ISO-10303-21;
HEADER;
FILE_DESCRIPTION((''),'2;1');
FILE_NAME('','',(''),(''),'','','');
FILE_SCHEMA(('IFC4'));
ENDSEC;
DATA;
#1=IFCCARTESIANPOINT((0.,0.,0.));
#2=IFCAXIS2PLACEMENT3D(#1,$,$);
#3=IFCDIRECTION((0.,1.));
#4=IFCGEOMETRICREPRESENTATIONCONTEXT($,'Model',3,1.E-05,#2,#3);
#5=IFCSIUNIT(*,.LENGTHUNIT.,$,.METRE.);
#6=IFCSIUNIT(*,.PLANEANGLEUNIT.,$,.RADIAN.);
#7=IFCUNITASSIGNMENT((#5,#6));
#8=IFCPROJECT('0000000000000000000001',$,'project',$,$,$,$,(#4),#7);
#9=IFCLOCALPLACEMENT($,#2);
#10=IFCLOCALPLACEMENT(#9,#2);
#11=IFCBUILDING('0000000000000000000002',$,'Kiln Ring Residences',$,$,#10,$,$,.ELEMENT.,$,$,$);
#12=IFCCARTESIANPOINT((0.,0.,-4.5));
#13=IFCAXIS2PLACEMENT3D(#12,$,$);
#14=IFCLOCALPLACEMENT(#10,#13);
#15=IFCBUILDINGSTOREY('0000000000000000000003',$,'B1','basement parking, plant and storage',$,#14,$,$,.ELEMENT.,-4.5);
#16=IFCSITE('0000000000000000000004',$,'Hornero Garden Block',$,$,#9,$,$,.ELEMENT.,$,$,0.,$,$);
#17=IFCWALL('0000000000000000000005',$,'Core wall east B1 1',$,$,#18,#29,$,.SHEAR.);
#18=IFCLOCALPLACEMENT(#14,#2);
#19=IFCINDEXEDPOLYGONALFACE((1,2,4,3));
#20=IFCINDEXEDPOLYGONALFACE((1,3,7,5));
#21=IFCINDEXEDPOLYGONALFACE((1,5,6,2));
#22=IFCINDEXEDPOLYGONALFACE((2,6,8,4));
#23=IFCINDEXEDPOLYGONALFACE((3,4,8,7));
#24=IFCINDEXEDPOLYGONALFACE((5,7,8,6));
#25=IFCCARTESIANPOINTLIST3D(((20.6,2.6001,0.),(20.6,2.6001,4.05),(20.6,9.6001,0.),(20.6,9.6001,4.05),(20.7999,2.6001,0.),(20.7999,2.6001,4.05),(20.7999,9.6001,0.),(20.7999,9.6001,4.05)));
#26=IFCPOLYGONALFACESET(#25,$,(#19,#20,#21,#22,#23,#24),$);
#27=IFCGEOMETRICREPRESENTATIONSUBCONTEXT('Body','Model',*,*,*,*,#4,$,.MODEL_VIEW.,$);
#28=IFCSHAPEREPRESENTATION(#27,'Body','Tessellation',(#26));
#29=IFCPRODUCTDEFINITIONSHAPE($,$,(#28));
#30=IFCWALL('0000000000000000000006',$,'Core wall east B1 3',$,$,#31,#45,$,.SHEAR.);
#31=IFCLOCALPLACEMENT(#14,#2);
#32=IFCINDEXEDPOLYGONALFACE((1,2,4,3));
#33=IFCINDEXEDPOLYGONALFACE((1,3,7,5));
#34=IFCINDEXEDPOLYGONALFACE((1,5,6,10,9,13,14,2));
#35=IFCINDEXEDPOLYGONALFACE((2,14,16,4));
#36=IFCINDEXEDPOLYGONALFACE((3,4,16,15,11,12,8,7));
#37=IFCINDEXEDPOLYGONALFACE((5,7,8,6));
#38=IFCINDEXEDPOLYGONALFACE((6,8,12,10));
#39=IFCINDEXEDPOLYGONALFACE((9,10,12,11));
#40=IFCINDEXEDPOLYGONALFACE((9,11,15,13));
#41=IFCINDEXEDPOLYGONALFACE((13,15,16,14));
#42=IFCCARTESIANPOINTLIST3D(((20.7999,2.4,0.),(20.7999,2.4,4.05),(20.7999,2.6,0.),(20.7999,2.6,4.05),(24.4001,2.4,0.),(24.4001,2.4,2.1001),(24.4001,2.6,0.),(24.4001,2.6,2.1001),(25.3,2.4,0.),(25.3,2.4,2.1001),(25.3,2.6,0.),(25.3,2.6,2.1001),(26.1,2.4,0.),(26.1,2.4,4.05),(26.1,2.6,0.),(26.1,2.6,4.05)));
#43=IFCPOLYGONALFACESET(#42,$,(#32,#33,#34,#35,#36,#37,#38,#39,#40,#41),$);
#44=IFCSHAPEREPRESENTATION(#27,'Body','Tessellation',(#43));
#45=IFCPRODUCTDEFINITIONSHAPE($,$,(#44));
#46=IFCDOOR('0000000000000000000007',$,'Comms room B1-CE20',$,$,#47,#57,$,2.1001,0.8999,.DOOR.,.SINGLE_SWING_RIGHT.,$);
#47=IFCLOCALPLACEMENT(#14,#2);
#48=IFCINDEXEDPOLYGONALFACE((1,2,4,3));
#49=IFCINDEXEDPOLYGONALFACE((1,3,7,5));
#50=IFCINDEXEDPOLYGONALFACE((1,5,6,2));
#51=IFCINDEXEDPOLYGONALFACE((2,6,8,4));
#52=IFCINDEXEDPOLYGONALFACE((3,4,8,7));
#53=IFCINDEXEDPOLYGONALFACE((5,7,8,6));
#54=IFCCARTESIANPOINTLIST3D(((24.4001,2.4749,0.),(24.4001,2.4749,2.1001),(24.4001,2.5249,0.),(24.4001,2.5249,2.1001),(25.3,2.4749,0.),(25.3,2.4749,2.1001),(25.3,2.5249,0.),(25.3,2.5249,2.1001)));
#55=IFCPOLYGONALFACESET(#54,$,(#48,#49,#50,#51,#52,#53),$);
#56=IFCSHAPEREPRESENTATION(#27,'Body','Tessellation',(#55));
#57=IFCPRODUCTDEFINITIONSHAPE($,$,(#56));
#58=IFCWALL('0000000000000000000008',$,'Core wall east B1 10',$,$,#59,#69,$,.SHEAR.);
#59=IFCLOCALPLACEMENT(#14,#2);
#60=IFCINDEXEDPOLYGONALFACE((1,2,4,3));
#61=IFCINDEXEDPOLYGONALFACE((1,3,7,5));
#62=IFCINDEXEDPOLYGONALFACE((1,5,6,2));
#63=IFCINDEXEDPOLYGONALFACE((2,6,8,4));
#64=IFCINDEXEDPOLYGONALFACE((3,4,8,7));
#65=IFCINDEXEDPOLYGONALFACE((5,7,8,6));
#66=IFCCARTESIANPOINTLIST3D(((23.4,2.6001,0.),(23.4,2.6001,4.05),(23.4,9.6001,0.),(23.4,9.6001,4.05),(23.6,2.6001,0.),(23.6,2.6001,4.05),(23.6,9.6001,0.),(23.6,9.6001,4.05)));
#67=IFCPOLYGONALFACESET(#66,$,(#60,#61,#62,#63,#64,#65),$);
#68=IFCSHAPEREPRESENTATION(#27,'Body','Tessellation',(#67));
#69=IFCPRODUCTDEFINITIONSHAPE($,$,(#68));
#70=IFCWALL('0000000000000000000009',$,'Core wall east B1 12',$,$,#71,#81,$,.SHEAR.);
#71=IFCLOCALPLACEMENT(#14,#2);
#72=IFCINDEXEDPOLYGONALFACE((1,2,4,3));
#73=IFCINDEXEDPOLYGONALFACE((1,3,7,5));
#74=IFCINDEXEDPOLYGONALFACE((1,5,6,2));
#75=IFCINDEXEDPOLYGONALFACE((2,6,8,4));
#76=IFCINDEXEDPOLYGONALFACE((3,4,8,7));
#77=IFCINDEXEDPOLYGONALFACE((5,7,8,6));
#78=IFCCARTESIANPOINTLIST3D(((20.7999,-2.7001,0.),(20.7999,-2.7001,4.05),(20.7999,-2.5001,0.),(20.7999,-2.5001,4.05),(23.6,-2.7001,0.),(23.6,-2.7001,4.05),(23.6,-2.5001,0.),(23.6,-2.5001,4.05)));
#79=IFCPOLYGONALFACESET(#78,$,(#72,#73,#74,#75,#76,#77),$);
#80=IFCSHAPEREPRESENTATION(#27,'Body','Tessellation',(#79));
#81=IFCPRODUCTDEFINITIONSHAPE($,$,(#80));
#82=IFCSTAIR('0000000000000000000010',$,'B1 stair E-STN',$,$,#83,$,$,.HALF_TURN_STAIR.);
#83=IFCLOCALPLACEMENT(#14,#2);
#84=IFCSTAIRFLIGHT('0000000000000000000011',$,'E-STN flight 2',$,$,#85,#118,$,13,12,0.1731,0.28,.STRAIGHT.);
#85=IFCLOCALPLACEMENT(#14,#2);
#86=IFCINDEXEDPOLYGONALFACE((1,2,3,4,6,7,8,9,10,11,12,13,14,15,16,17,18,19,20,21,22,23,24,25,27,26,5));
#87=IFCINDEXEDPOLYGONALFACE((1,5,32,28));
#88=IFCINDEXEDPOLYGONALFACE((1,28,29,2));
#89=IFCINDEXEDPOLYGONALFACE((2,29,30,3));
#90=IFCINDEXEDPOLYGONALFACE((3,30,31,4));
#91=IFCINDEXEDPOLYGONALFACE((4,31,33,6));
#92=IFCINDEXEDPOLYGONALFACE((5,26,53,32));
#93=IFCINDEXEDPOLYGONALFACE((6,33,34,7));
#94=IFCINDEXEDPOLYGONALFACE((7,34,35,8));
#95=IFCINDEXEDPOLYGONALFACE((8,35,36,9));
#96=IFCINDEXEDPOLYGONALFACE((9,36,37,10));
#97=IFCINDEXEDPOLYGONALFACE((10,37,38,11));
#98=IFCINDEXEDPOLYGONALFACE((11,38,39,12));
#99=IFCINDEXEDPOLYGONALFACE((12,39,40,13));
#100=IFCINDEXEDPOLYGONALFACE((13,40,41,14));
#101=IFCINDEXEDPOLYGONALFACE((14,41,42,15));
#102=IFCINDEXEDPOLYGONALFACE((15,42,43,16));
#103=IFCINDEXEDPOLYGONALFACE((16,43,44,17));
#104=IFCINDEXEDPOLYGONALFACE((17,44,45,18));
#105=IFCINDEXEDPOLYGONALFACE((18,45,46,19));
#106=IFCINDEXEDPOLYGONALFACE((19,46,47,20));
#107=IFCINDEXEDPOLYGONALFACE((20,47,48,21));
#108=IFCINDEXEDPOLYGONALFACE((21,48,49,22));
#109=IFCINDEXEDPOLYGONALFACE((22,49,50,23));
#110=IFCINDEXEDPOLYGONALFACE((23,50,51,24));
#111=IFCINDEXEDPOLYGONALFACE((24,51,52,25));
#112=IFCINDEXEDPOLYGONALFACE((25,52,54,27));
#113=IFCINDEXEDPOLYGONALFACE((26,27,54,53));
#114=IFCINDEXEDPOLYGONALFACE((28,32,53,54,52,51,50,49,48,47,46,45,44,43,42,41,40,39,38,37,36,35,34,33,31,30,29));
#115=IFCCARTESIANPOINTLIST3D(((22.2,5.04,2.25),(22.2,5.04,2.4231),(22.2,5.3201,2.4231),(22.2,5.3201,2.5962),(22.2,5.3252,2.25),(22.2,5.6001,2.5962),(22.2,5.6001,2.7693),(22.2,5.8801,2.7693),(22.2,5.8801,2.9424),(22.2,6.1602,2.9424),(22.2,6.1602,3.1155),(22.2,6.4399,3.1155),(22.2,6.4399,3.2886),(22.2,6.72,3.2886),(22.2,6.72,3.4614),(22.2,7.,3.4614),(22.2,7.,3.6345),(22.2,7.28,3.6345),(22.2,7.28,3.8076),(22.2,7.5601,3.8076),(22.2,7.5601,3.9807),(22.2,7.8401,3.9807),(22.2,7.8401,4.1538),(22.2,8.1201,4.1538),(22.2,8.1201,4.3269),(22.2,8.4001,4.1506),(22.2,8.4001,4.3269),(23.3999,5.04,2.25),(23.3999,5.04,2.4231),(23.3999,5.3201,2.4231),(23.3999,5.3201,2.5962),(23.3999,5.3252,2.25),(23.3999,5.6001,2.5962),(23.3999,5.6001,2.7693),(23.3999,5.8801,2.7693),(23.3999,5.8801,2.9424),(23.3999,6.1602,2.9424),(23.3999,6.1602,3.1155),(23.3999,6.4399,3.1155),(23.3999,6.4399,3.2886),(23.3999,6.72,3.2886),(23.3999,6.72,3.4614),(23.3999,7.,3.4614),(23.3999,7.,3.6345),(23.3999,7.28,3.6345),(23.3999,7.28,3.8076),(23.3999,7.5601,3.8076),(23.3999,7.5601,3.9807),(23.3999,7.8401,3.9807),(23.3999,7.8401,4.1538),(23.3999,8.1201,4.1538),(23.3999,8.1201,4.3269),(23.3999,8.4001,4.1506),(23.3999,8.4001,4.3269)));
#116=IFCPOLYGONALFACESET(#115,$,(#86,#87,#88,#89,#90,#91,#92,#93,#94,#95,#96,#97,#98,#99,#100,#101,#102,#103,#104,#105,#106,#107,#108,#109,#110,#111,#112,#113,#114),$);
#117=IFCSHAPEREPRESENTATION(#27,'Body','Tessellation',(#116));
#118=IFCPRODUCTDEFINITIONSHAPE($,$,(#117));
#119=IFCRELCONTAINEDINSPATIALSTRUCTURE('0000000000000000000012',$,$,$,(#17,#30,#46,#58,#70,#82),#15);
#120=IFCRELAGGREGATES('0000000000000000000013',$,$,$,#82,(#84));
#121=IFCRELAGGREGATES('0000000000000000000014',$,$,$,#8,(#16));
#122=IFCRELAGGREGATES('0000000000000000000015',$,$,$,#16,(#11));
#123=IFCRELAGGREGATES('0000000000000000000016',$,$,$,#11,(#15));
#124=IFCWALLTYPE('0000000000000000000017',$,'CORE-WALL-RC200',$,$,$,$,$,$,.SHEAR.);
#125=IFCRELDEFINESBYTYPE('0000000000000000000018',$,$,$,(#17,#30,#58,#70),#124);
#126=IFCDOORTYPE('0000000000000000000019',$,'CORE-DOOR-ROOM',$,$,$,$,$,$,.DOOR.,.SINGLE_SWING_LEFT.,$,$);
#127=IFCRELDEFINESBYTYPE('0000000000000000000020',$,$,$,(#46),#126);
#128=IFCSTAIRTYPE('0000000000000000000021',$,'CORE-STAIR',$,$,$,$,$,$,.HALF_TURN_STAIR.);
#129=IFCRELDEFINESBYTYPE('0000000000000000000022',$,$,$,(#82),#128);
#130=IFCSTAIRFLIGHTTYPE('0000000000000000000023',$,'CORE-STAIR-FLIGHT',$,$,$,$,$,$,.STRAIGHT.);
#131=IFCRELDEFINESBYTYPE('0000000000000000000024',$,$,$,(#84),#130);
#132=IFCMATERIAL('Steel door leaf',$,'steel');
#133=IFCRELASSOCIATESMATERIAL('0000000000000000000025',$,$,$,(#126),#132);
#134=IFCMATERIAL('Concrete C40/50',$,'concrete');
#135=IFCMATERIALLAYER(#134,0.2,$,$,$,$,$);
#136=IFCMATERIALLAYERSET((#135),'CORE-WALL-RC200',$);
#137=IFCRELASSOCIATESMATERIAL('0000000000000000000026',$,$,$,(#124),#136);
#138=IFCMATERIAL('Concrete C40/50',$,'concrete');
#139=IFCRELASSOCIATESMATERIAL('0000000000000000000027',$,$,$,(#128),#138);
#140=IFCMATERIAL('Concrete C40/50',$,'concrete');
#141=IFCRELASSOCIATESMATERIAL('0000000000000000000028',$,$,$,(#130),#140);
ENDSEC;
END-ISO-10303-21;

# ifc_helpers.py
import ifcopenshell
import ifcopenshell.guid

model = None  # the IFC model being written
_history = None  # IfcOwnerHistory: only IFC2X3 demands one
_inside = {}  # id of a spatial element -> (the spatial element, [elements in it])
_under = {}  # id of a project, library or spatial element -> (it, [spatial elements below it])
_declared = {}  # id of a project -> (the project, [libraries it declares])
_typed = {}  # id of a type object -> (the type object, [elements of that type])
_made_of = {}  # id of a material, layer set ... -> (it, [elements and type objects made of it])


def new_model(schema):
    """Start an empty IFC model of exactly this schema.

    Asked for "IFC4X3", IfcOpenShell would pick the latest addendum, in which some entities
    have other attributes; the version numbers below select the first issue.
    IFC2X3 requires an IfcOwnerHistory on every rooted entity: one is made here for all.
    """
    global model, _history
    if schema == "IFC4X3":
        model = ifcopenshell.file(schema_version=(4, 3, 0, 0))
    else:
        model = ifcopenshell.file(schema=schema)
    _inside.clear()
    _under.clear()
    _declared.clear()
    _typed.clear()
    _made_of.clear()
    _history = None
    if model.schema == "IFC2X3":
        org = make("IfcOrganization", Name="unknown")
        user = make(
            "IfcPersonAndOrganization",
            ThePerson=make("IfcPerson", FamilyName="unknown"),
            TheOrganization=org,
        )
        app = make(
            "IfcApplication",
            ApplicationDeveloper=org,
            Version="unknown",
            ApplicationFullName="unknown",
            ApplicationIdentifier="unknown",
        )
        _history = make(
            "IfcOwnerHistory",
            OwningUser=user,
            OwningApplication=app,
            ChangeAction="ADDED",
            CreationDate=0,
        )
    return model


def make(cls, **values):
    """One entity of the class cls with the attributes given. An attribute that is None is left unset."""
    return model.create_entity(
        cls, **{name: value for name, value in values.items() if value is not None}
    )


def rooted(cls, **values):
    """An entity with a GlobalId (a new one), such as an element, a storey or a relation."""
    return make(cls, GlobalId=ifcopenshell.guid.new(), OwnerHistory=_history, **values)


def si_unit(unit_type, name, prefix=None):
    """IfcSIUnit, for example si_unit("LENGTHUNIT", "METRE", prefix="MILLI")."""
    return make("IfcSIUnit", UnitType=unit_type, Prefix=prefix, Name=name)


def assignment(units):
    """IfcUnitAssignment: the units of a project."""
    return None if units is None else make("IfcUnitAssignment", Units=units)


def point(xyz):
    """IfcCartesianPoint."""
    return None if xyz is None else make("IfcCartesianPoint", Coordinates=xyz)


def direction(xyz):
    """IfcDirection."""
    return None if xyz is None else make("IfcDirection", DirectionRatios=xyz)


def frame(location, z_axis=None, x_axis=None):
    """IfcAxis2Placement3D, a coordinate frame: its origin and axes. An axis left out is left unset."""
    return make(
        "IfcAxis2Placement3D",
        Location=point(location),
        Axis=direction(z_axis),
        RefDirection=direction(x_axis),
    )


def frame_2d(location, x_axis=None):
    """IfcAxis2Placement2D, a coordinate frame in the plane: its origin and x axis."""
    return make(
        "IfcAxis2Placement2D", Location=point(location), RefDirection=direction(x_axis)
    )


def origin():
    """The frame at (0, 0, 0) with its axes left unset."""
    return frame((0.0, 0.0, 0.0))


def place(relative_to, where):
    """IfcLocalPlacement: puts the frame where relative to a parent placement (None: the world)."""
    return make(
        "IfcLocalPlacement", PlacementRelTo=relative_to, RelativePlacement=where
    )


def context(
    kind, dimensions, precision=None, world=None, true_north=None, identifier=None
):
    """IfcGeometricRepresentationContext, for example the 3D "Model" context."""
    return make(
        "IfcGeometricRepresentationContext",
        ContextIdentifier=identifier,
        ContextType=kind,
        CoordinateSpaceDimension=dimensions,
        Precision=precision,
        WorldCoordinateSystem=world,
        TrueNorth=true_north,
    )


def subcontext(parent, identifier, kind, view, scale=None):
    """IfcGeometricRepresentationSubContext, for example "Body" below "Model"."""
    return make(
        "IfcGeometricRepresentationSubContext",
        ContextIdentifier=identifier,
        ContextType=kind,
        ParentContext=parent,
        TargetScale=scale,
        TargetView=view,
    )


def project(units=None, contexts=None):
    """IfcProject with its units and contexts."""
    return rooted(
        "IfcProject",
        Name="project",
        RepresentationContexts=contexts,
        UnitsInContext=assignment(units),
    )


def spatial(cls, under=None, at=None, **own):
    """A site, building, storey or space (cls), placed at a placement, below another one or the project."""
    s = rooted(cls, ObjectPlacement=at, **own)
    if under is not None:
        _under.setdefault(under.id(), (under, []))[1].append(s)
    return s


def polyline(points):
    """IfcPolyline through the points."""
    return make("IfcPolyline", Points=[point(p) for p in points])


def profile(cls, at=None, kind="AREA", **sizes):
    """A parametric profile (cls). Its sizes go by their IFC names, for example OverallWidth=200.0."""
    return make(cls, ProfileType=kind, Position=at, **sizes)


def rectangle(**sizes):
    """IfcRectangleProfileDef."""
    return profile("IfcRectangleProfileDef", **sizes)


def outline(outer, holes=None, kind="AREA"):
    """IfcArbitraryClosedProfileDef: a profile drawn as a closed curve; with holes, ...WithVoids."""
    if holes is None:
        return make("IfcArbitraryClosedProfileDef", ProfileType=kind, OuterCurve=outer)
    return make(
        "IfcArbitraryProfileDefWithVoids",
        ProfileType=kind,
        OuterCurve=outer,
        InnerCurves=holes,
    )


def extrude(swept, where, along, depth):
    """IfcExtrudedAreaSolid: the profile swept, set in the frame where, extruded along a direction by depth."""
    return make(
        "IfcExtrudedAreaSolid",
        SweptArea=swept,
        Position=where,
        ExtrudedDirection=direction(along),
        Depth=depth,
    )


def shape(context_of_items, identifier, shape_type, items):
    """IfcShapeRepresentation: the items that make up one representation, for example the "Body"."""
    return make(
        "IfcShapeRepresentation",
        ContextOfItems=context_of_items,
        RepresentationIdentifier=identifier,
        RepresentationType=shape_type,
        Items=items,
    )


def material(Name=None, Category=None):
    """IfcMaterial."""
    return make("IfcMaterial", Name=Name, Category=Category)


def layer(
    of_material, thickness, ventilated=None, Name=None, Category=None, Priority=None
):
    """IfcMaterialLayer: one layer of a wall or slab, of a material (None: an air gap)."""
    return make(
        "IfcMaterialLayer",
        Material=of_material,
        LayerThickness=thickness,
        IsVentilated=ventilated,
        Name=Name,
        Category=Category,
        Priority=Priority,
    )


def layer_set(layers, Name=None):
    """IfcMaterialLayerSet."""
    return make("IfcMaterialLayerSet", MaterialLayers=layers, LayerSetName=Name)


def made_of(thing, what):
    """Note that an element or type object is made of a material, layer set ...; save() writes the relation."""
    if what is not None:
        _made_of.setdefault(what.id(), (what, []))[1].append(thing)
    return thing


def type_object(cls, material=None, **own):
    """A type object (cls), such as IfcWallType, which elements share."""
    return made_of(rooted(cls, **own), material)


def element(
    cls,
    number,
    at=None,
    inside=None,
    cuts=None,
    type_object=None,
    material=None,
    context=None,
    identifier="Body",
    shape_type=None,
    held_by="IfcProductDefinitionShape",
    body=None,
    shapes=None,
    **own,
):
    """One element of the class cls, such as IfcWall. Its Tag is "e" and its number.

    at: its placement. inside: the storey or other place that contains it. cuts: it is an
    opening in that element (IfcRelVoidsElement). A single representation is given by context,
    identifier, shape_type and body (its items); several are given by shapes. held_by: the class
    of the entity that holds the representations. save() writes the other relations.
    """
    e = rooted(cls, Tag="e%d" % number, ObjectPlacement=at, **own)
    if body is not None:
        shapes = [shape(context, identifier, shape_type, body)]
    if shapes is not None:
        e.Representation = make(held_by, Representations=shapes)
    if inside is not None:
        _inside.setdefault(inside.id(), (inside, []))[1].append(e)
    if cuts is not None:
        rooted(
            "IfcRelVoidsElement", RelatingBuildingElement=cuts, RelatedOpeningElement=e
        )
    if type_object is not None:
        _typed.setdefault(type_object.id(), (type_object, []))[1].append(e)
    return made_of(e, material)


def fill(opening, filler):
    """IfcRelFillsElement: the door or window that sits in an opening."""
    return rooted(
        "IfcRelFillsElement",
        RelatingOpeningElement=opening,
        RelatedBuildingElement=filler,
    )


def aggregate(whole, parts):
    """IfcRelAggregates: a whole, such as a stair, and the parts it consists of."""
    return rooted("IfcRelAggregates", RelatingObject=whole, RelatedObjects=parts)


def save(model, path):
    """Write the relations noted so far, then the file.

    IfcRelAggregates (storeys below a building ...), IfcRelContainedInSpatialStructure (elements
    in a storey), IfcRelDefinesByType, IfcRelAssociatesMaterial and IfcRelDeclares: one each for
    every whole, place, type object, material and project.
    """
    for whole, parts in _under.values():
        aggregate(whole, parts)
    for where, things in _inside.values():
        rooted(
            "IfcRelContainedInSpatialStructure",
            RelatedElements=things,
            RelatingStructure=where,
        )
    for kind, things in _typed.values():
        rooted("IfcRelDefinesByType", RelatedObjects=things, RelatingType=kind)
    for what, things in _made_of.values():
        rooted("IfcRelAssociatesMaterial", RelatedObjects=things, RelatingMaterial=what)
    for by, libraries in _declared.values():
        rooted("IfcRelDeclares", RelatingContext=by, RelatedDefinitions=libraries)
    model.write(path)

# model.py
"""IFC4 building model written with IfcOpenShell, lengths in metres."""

from ifc_helpers import new_model, si_unit, direction, frame, frame_2d, origin, place, context, subcontext, project, spatial, polyline, rectangle, outline, extrude, material, layer, layer_set, type_object, element, fill, aggregate, save


model = new_model("IFC4")

# Units and contexts
model_context = context("Model", 3, precision=1e-05, world=origin(), true_north=direction((0.0, 1.0)))
body_context = subcontext(model_context, "Body", "Model", "MODEL_VIEW")
ifc_project = project(units=[si_unit("LENGTHUNIT", "METRE"), si_unit("PLANEANGLEUNIT", "RADIAN")], contexts=[model_context])

# Site, building, storey
site_placement = place(None, origin())
site = spatial("IfcSite", under=ifc_project, at=site_placement, Name="Hornero Garden Block", CompositionType="ELEMENT", RefElevation=0.0)
building_placement = place(site_placement, origin())
building = spatial("IfcBuilding", under=site, at=building_placement, Name="Kiln Ring Residences", CompositionType="ELEMENT")
storey_placement = place(building_placement, frame((0.0, 0.0, -4.5)))
storey = spatial("IfcBuildingStorey", under=building, at=storey_placement, Name="B1", Description="basement parking, plant and storage", CompositionType="ELEMENT", Elevation=-4.5)

# Shared definitions
ifc_material_1 = material(Name="Steel door leaf", Category="steel")
door_type = type_object("IfcDoorType", Name="CORE-DOOR-ROOM", OperationType="SINGLE_SWING_LEFT", PredefinedType="DOOR", material=ifc_material_1)

# Wall
ifc_material_2 = material(Name="Concrete C40/50", Category="concrete")
ifc_layer_1 = layer(ifc_material_2, 0.2)
ifc_layer_set_1 = layer_set([ifc_layer_1], Name="CORE-WALL-RC200")
wall_type_1 = type_object("IfcWallType", Name="CORE-WALL-RC200", PredefinedType="SHEAR", material=ifc_layer_set_1)
wall_1_placement = place(storey_placement, frame((20.7, 2.6001, 0.0), z_axis=(0.0, 0.0, 1.0), x_axis=(0.0, 1.0, 0.0)))
element("IfcWall", 1, at=wall_1_placement, inside=storey, type_object=wall_type_1, Name="Core wall east B1 1", PredefinedType="SHEAR", context=body_context, shape_type="SweptSolid", body=[
    extrude(rectangle(XDim=7.0, YDim=0.2, at=frame_2d((3.5, 0.0))), origin(), (0.0, 0.0, 1.0), 4.05),
])

# Wall, opening, door
wall_2_placement = place(storey_placement, frame((20.8, 2.5, 0.0), z_axis=(0.0, 0.0, 1.0), x_axis=(1.0, 0.0, 0.0)))
wall_2 = element("IfcWall", 2, at=wall_2_placement, inside=storey, type_object=wall_type_1, Name="Core wall east B1 3", PredefinedType="SHEAR", context=body_context, shape_type="SweptSolid", body=[
    extrude(rectangle(XDim=5.3, YDim=0.2, at=frame_2d((2.6499, 0.0))), origin(), (0.0, 0.0, 1.0), 4.05),
])
opening_1_placement = place(wall_2_placement, frame((3.6001, 0.0, 0.0)))
opening_1 = element("IfcOpeningElement", 3, at=opening_1_placement, cuts=wall_2, PredefinedType="OPENING", context=body_context, shape_type="SweptSolid", body=[
    extrude(rectangle(XDim=0.8999, YDim=2.1001, at=frame_2d((0.45, 1.05))), frame((0.0, 0.1099, 0.0), z_axis=(0.0, -1.0, 0.0), x_axis=(1.0, 0.0, 0.0)), (0.0, 0.0, 1.0), 0.22),
])
door_1_placement = place(opening_1_placement, origin())
door_1 = element("IfcDoor", 4, at=door_1_placement, inside=storey, type_object=door_type, Name="Comms room B1-CE20", OperationType="SINGLE_SWING_RIGHT", OverallHeight=2.1001, OverallWidth=0.8999, PredefinedType="DOOR", context=body_context, shape_type="SweptSolid", body=[
    extrude(rectangle(XDim=0.8999, YDim=2.1001, at=frame_2d((0.45, 1.05))), frame((0.0, 0.0249, 0.0), z_axis=(0.0, -1.0, 0.0), x_axis=(1.0, 0.0, 0.0)), (0.0, 0.0, 1.0), 0.05),
])
fill(opening_1, door_1)

# Walls
wall_3_placement = place(storey_placement, frame((23.5, 2.6001, 0.0), z_axis=(0.0, 0.0, 1.0), x_axis=(0.0, 1.0, 0.0)))
element("IfcWall", 5, at=wall_3_placement, inside=storey, type_object=wall_type_1, Name="Core wall east B1 10", PredefinedType="SHEAR", context=body_context, shape_type="SweptSolid", body=[
    extrude(rectangle(XDim=7.0, YDim=0.2, at=frame_2d((3.5, 0.0))), origin(), (0.0, 0.0, 1.0), 4.05),
])
wall_4_placement = place(storey_placement, frame((20.8, -2.6001, 0.0), z_axis=(0.0, 0.0, 1.0), x_axis=(1.0, 0.0, 0.0)))
element("IfcWall", 6, at=wall_4_placement, inside=storey, type_object=wall_type_1, Name="Core wall east B1 12", PredefinedType="SHEAR", context=body_context, shape_type="SweptSolid", body=[
    extrude(rectangle(XDim=2.8, YDim=0.2, at=frame_2d((1.3999, 0.0))), origin(), (0.0, 0.0, 1.0), 4.05),
])

# Stair, stair flight
ifc_material_3 = material(Name="Concrete C40/50", Category="concrete")
stair_type = type_object("IfcStairType", Name="CORE-STAIR", PredefinedType="HALF_TURN_STAIR", material=ifc_material_3)
stair_placement = place(storey_placement, origin())
stair = element("IfcStair", 7, at=stair_placement, inside=storey, type_object=stair_type, Name="B1 stair E-STN", PredefinedType="HALF_TURN_STAIR")
ifc_material_4 = material(Name="Concrete C40/50", Category="concrete")
stair_flight_type = type_object("IfcStairFlightType", Name="CORE-STAIR-FLIGHT", PredefinedType="STRAIGHT", material=ifc_material_4)
stair_flight_placement = place(storey_placement, frame((22.8, 5.04, 2.25), z_axis=(0.0, 0.0, 1.0), x_axis=(0.0, 1.0, 0.0)))
stair_flight = element("IfcStairFlight", 8, at=stair_flight_placement, type_object=stair_flight_type, Name="E-STN flight 2", NumberOfRisers=13, NumberOfTreads=12, PredefinedType="STRAIGHT", RiserHeight=0.1731, TreadLength=0.28, context=body_context, shape_type="SweptSolid", body=[
    extrude(outline(polyline([(0.0, 0.0), (0.0, 0.1731), (0.28, 0.1731), (0.28, 0.3462), (0.5601, 0.3462), (0.5601, 0.5193), (0.8401, 0.5193), (0.8401, 0.6924), (1.1201, 0.6924), (1.1201, 0.8655), (1.3999, 0.8655), (1.3999, 1.0386), (1.6799, 1.0386), (1.6799, 1.2114), (1.96, 1.2114), (1.96, 1.3845), (2.24, 1.3845), (2.24, 1.5576), (2.52, 1.5576), (2.52, 1.7307), (2.8, 1.7307), (2.8, 1.9038), (3.0801, 1.9038), (3.0801, 2.0769), (3.3601, 2.0769), (3.3601, 2.25), (3.3601, 1.9006), (0.2852, 0.0), (0.0, 0.0)])), frame((0.0, 0.6001, 0.0), z_axis=(0.0, -1.0, 0.0), x_axis=(1.0, 0.0, 0.0)), (0.0, 0.0, 1.0), 1.2),
])
aggregate(stair, [stair_flight])

save(model, "model.ifc")
